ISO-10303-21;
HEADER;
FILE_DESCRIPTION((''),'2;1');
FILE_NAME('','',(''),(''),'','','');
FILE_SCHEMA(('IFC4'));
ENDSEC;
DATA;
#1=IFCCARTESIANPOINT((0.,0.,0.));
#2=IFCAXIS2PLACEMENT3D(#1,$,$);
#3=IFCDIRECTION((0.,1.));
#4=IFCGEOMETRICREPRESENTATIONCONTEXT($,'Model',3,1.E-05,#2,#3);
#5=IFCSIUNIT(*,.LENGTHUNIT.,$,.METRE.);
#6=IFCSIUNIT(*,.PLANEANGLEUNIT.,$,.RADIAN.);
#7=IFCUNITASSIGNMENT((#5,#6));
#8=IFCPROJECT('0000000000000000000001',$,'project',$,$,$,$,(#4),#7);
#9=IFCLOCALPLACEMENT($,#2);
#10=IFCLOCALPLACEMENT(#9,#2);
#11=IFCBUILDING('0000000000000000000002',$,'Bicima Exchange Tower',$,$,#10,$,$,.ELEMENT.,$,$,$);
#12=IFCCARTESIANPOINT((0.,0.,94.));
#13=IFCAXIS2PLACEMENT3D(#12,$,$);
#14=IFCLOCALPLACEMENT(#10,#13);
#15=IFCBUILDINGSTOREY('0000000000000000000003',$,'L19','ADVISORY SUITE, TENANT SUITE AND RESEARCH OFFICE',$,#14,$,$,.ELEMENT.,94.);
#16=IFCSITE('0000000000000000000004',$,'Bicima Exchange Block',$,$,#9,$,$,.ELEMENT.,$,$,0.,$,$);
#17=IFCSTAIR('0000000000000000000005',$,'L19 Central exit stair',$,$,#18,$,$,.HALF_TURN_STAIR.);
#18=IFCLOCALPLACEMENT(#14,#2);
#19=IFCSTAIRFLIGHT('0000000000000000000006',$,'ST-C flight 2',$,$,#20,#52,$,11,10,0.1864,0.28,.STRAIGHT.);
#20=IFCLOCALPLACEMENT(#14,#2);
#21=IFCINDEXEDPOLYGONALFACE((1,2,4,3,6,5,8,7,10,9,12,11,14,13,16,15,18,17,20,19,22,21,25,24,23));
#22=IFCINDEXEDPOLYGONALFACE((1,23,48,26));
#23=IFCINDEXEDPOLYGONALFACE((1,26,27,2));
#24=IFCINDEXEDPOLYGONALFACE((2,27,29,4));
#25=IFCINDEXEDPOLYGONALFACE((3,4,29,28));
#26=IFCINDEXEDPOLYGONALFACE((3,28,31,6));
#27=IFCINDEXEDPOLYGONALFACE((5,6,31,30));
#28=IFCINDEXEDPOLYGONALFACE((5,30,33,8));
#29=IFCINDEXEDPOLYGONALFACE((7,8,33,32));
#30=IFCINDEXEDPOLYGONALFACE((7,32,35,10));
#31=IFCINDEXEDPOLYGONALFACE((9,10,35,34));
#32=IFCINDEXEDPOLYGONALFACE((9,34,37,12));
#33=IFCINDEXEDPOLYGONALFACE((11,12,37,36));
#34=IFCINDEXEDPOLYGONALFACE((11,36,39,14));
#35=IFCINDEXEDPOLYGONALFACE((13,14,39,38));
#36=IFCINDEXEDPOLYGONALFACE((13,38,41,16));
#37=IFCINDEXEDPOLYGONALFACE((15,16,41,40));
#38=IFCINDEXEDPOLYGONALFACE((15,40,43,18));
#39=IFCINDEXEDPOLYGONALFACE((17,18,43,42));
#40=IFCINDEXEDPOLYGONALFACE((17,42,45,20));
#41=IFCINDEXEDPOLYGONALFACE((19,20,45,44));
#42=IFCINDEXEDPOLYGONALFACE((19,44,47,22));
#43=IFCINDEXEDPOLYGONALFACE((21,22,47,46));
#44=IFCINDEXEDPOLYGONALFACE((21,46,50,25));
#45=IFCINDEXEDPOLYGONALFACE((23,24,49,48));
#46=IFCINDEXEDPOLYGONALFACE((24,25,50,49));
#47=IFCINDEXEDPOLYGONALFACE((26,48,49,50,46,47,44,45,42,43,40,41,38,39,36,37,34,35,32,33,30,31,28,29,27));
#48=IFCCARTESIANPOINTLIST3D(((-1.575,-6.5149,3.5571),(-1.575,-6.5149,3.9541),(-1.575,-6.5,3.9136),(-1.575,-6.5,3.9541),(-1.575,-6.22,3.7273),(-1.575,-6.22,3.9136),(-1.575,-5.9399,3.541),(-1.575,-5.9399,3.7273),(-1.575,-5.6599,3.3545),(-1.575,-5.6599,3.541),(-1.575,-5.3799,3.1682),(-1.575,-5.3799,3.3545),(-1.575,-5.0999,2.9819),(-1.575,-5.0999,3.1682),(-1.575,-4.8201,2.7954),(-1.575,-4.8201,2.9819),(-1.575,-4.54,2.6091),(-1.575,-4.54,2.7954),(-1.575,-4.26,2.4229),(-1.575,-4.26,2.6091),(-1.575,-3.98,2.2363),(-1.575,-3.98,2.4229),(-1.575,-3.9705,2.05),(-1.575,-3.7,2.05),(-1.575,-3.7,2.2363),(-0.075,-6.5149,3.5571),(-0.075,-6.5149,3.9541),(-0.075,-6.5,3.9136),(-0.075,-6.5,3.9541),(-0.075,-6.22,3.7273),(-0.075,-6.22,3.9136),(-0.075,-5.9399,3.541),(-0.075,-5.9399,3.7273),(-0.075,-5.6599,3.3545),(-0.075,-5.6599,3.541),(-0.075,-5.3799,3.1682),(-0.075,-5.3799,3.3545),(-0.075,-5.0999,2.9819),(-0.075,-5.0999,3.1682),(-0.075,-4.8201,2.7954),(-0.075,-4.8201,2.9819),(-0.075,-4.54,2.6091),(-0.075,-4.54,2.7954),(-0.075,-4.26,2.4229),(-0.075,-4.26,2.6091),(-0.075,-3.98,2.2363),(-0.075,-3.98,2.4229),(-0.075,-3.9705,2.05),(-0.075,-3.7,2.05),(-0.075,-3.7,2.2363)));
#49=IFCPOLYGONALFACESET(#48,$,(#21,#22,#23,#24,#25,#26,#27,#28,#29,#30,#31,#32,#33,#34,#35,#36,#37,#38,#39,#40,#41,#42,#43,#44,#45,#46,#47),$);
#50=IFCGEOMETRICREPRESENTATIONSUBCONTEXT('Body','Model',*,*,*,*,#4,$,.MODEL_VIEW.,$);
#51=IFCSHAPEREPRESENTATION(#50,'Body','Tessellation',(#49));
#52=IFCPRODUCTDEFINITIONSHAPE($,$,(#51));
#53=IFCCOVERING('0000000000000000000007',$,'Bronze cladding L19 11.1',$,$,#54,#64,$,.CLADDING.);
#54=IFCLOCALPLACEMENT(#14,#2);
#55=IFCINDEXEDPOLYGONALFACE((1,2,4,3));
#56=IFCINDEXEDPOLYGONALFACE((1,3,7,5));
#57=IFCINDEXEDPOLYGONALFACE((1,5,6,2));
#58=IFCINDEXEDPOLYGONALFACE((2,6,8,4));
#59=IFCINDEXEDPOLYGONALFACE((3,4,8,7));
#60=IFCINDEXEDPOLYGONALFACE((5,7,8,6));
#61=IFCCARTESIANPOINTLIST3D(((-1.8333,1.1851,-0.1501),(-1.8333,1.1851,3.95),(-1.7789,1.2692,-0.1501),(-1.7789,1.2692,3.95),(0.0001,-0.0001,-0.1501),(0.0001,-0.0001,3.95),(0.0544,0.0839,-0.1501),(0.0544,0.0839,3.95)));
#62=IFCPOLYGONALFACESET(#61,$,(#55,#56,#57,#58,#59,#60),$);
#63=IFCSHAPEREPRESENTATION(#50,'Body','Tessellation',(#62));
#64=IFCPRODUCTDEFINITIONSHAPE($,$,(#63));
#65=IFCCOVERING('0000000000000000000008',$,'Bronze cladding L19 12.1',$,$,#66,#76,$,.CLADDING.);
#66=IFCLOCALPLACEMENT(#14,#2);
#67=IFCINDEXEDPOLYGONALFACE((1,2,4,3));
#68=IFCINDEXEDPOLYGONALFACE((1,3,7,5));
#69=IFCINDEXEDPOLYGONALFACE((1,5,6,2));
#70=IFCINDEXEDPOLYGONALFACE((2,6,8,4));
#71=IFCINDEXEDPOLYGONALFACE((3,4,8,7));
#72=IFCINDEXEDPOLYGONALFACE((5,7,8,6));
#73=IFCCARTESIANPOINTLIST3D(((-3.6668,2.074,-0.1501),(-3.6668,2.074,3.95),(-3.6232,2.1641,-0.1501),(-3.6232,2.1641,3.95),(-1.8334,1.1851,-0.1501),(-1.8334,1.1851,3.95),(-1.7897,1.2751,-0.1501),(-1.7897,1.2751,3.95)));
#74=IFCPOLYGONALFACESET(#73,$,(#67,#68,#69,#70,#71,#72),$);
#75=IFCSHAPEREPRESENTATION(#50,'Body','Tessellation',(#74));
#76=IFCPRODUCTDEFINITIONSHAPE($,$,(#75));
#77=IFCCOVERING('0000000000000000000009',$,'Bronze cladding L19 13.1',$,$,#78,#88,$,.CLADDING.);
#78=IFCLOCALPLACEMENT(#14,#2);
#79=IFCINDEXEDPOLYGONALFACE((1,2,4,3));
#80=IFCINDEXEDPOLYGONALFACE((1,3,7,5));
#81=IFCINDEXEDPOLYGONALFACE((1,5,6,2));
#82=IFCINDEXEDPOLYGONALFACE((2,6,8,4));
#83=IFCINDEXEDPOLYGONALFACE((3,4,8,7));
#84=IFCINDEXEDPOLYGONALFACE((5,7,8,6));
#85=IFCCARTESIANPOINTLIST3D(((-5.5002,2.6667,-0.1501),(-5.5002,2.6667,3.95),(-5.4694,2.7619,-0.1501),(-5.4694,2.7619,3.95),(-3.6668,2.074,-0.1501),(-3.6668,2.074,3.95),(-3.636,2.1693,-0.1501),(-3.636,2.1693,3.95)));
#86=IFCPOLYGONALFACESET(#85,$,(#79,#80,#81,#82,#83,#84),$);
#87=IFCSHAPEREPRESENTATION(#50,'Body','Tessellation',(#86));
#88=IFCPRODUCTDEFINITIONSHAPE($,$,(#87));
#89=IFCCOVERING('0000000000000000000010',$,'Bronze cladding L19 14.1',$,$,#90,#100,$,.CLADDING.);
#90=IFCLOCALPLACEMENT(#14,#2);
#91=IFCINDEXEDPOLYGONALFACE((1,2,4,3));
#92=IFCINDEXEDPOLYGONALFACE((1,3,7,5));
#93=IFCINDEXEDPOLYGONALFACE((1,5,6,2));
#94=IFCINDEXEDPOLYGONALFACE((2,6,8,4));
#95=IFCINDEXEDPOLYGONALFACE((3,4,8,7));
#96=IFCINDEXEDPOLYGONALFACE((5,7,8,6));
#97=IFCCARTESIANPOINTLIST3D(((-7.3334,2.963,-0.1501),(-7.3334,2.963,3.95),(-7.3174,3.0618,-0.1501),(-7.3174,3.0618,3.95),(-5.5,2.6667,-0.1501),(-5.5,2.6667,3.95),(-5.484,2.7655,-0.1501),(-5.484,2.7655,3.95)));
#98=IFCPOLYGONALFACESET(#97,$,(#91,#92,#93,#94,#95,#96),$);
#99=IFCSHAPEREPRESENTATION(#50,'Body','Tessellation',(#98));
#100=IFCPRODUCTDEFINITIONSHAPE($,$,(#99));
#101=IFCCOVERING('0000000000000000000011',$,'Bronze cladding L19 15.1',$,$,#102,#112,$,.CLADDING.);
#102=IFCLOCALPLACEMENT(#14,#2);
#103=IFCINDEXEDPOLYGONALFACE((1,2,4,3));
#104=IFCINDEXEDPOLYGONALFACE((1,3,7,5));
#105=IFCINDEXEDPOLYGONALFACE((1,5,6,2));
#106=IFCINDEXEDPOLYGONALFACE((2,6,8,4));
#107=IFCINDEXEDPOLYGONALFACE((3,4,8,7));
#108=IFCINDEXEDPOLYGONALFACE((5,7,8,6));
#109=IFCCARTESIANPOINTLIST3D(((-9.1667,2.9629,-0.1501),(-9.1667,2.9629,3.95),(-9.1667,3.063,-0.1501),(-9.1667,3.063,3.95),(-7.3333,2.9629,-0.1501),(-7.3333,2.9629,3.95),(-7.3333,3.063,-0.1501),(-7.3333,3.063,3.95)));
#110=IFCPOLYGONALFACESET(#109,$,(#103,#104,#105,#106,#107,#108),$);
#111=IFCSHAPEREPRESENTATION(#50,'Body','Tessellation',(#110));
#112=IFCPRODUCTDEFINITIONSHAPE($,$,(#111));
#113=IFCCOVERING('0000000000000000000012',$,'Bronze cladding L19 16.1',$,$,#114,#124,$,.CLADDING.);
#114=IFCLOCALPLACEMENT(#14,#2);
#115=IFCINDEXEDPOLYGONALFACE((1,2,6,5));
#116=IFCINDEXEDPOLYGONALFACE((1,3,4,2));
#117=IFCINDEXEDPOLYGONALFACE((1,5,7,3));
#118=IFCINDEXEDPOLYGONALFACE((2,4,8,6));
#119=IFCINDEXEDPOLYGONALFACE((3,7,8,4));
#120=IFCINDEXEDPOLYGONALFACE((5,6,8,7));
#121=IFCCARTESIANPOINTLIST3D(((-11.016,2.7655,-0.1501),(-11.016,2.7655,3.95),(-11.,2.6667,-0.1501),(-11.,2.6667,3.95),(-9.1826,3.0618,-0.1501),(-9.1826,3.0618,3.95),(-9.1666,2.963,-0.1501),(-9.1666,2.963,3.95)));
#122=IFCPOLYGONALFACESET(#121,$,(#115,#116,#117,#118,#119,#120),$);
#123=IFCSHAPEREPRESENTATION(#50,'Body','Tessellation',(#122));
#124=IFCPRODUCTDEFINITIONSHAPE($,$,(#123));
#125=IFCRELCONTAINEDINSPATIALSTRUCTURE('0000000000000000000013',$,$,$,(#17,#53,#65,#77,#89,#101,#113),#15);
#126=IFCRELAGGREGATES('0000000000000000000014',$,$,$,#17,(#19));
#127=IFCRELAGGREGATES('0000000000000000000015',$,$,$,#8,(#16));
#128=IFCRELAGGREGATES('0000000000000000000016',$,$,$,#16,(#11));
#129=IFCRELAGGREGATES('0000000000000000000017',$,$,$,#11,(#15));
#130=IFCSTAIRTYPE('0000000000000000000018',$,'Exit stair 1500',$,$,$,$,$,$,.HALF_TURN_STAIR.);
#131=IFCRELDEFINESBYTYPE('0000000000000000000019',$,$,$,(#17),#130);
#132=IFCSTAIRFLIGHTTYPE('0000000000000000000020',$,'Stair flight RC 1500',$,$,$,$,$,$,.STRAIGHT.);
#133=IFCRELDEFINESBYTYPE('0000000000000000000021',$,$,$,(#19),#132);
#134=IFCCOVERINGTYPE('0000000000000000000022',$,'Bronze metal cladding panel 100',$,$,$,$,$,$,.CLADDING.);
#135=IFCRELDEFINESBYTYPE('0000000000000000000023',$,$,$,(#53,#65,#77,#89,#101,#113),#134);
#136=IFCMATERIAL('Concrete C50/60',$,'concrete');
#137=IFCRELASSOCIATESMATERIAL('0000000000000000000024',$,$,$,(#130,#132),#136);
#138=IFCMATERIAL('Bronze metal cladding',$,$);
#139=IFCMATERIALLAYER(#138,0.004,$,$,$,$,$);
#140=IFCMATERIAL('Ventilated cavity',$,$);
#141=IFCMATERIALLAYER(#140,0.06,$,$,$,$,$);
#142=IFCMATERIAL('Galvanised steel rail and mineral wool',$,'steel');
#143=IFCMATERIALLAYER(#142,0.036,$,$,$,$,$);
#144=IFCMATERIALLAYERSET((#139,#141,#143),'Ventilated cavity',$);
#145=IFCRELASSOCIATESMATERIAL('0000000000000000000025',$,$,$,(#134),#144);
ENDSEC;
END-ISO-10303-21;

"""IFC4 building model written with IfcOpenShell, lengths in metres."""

from ifc_helpers import new_model, si_unit, direction, frame, origin, origin_2d, place, context, subcontext, project, spatial, polyline, rectangle, outline, extrude, material, layer, layer_set, type_object, element, aggregate, save


model = new_model("IFC4")

# Units and contexts
model_context = context("Model", 3, precision=1e-05, world=origin(), true_north=direction((0.0, 1.0)))
body_context = subcontext(model_context, "Body", "Model", "MODEL_VIEW")
ifc_project = project(units=[si_unit("LENGTHUNIT", "METRE"), si_unit("PLANEANGLEUNIT", "RADIAN")], contexts=[model_context])

# Site, building, storey
site_placement = place(None, origin())
site = spatial("IfcSite", under=ifc_project, at=site_placement, Name="Bicima Exchange Block", CompositionType="ELEMENT", RefElevation=0.0)
building_placement = place(site_placement, origin())
building = spatial("IfcBuilding", under=site, at=building_placement, Name="Bicima Exchange Tower", CompositionType="ELEMENT")
storey_placement = place(building_placement, frame((0.0, 0.0, 94.0)))
storey = spatial("IfcBuildingStorey", under=building, at=storey_placement, Name="L19", Description="ADVISORY SUITE, TENANT SUITE AND RESEARCH OFFICE", CompositionType="ELEMENT", Elevation=94.0)

# Shared definitions
ifc_material_1 = material(Name="Concrete C50/60", Category="concrete")

# Stair, stair flight
stair_type = type_object("IfcStairType", Name="Exit stair 1500", PredefinedType="HALF_TURN_STAIR", material=ifc_material_1)
stair_placement = place(storey_placement, origin())
stair = element("IfcStair", 1, at=stair_placement, inside=storey, type_object=stair_type, Name="L19 Central exit stair", PredefinedType="HALF_TURN_STAIR")
stair_flight_type = type_object("IfcStairFlightType", Name="Stair flight RC 1500", PredefinedType="STRAIGHT", material=ifc_material_1)
stair_flight_placement = place(storey_placement, frame((-0.825, -3.7, 2.05), z_axis=(0.0, 0.0, 1.0), x_axis=(0.0, -1.0, 0.0)))
stair_flight = element("IfcStairFlight", 2, at=stair_flight_placement, type_object=stair_flight_type, Name="ST-C flight 2", NumberOfRisers=11, NumberOfTreads=10, PredefinedType="STRAIGHT", RiserHeight=0.1864, TreadLength=0.28, context=body_context, shape_type="SweptSolid", body=[
    extrude(outline(polyline([(0.0, 0.0), (0.0, 0.1863), (0.28, 0.1863), (0.28, 0.3728), (0.5601, 0.3728), (0.5601, 0.5591), (0.8401, 0.5591), (0.8401, 0.7454), (1.1201, 0.7454), (1.1201, 0.9319), (1.3999, 0.9319), (1.3999, 1.1182), (1.6799, 1.1182), (1.6799, 1.3044), (1.96, 1.3044), (1.96, 1.491), (2.24, 1.491), (2.24, 1.6772), (2.52, 1.6772), (2.52, 1.8635), (2.8, 1.8635), (2.8, 1.9041), (2.8149, 1.9041), (2.8149, 1.5071), (0.2705, 0.0), (0.0, 0.0)])), frame((0.0, 0.75, 0.0), z_axis=(0.0, -1.0, 0.0), x_axis=(1.0, 0.0, 0.0)), (0.0, 0.0, 1.0), 1.5),
])
aggregate(stair, [stair_flight])

# Coverings
ifc_material_2 = material(Name="Bronze metal cladding")
ifc_layer_1 = layer(ifc_material_2, 0.004)
ifc_material_3 = material(Name="Ventilated cavity")
ifc_layer_2 = layer(ifc_material_3, 0.06)
ifc_material_4 = material(Name="Galvanised steel rail and mineral wool", Category="steel")
ifc_layer_3 = layer(ifc_material_4, 0.036)
ifc_layer_set_1 = layer_set([ifc_layer_1, ifc_layer_2, ifc_layer_3], Name="Ventilated cavity")
covering_type = type_object("IfcCoveringType", Name="Bronze metal cladding panel 100", PredefinedType="CLADDING", material=ifc_layer_set_1)
covering_1_placement = place(storey_placement, frame((-0.8894, 0.6345, -0.1501), z_axis=(0.0, 0.0, 1.0), x_axis=(-0.83979, 0.542911, 0.0)))
element("IfcCovering", 3, at=covering_1_placement, inside=storey, type_object=covering_type, Name="Bronze cladding L19 11.1", PredefinedType="CLADDING", context=body_context, shape_type="SweptSolid", body=[
    extrude(rectangle(XDim=2.1831, YDim=0.1001, at=origin_2d()), origin(), (0.0, 0.0, 1.0), 4.1001),
])
covering_2_placement = place(storey_placement, frame((-2.7283, 1.6746, -0.1501), z_axis=(0.0, 0.0, 1.0), x_axis=(-0.899818, 0.436265, 0.0)))
element("IfcCovering", 4, at=covering_2_placement, inside=storey, type_object=covering_type, Name="Bronze cladding L19 12.1", PredefinedType="CLADDING", context=body_context, shape_type="SweptSolid", body=[
    extrude(rectangle(XDim=2.0376, YDim=0.1001, at=origin_2d()), origin(), (0.0, 0.0, 1.0), 4.1001),
])
covering_3_placement = place(storey_placement, frame((-4.5681, 2.418, -0.1501), z_axis=(0.0, 0.0, 1.0), x_axis=(-0.951525, 0.307573, 0.0)))
element("IfcCovering", 5, at=covering_3_placement, inside=storey, type_object=covering_type, Name="Bronze cladding L19 13.1", PredefinedType="CLADDING", context=body_context, shape_type="SweptSolid", body=[
    extrude(rectangle(XDim=1.9268, YDim=0.1001, at=origin_2d()), origin(), (0.0, 0.0, 1.0), 4.1001),
])
covering_4_placement = place(storey_placement, frame((-6.4087, 2.8643, -0.1501), z_axis=(0.0, 0.0, 1.0), x_axis=(-0.98719, 0.15955, 0.0)))
element("IfcCovering", 6, at=covering_4_placement, inside=storey, type_object=covering_type, Name="Bronze cladding L19 14.1", PredefinedType="CLADDING", context=body_context, shape_type="SweptSolid", body=[
    extrude(rectangle(XDim=1.8572, YDim=0.1001, at=origin_2d()), origin(), (0.0, 0.0, 1.0), 4.1001),
])
covering_5_placement = place(storey_placement, frame((-8.25, 3.0129, -0.1501), z_axis=(0.0, 0.0, 1.0), x_axis=(-1.0, 0.0, 0.0)))
element("IfcCovering", 7, at=covering_5_placement, inside=storey, type_object=covering_type, Name="Bronze cladding L19 15.1", PredefinedType="CLADDING", context=body_context, shape_type="SweptSolid", body=[
    extrude(rectangle(XDim=1.8335, YDim=0.1001, at=origin_2d()), origin(), (0.0, 0.0, 1.0), 4.1001),
])
covering_6_placement = place(storey_placement, frame((-10.0913, 2.8643, -0.1501), z_axis=(0.0, 0.0, 1.0), x_axis=(-0.98719, -0.15955, 0.0)))
element("IfcCovering", 8, at=covering_6_placement, inside=storey, type_object=covering_type, Name="Bronze cladding L19 16.1", PredefinedType="CLADDING", context=body_context, shape_type="SweptSolid", body=[
    extrude(rectangle(XDim=1.8572, YDim=0.1001, at=origin_2d()), origin(), (0.0, 0.0, 1.0), 4.1001),
])

save(model, "model.ifc")
